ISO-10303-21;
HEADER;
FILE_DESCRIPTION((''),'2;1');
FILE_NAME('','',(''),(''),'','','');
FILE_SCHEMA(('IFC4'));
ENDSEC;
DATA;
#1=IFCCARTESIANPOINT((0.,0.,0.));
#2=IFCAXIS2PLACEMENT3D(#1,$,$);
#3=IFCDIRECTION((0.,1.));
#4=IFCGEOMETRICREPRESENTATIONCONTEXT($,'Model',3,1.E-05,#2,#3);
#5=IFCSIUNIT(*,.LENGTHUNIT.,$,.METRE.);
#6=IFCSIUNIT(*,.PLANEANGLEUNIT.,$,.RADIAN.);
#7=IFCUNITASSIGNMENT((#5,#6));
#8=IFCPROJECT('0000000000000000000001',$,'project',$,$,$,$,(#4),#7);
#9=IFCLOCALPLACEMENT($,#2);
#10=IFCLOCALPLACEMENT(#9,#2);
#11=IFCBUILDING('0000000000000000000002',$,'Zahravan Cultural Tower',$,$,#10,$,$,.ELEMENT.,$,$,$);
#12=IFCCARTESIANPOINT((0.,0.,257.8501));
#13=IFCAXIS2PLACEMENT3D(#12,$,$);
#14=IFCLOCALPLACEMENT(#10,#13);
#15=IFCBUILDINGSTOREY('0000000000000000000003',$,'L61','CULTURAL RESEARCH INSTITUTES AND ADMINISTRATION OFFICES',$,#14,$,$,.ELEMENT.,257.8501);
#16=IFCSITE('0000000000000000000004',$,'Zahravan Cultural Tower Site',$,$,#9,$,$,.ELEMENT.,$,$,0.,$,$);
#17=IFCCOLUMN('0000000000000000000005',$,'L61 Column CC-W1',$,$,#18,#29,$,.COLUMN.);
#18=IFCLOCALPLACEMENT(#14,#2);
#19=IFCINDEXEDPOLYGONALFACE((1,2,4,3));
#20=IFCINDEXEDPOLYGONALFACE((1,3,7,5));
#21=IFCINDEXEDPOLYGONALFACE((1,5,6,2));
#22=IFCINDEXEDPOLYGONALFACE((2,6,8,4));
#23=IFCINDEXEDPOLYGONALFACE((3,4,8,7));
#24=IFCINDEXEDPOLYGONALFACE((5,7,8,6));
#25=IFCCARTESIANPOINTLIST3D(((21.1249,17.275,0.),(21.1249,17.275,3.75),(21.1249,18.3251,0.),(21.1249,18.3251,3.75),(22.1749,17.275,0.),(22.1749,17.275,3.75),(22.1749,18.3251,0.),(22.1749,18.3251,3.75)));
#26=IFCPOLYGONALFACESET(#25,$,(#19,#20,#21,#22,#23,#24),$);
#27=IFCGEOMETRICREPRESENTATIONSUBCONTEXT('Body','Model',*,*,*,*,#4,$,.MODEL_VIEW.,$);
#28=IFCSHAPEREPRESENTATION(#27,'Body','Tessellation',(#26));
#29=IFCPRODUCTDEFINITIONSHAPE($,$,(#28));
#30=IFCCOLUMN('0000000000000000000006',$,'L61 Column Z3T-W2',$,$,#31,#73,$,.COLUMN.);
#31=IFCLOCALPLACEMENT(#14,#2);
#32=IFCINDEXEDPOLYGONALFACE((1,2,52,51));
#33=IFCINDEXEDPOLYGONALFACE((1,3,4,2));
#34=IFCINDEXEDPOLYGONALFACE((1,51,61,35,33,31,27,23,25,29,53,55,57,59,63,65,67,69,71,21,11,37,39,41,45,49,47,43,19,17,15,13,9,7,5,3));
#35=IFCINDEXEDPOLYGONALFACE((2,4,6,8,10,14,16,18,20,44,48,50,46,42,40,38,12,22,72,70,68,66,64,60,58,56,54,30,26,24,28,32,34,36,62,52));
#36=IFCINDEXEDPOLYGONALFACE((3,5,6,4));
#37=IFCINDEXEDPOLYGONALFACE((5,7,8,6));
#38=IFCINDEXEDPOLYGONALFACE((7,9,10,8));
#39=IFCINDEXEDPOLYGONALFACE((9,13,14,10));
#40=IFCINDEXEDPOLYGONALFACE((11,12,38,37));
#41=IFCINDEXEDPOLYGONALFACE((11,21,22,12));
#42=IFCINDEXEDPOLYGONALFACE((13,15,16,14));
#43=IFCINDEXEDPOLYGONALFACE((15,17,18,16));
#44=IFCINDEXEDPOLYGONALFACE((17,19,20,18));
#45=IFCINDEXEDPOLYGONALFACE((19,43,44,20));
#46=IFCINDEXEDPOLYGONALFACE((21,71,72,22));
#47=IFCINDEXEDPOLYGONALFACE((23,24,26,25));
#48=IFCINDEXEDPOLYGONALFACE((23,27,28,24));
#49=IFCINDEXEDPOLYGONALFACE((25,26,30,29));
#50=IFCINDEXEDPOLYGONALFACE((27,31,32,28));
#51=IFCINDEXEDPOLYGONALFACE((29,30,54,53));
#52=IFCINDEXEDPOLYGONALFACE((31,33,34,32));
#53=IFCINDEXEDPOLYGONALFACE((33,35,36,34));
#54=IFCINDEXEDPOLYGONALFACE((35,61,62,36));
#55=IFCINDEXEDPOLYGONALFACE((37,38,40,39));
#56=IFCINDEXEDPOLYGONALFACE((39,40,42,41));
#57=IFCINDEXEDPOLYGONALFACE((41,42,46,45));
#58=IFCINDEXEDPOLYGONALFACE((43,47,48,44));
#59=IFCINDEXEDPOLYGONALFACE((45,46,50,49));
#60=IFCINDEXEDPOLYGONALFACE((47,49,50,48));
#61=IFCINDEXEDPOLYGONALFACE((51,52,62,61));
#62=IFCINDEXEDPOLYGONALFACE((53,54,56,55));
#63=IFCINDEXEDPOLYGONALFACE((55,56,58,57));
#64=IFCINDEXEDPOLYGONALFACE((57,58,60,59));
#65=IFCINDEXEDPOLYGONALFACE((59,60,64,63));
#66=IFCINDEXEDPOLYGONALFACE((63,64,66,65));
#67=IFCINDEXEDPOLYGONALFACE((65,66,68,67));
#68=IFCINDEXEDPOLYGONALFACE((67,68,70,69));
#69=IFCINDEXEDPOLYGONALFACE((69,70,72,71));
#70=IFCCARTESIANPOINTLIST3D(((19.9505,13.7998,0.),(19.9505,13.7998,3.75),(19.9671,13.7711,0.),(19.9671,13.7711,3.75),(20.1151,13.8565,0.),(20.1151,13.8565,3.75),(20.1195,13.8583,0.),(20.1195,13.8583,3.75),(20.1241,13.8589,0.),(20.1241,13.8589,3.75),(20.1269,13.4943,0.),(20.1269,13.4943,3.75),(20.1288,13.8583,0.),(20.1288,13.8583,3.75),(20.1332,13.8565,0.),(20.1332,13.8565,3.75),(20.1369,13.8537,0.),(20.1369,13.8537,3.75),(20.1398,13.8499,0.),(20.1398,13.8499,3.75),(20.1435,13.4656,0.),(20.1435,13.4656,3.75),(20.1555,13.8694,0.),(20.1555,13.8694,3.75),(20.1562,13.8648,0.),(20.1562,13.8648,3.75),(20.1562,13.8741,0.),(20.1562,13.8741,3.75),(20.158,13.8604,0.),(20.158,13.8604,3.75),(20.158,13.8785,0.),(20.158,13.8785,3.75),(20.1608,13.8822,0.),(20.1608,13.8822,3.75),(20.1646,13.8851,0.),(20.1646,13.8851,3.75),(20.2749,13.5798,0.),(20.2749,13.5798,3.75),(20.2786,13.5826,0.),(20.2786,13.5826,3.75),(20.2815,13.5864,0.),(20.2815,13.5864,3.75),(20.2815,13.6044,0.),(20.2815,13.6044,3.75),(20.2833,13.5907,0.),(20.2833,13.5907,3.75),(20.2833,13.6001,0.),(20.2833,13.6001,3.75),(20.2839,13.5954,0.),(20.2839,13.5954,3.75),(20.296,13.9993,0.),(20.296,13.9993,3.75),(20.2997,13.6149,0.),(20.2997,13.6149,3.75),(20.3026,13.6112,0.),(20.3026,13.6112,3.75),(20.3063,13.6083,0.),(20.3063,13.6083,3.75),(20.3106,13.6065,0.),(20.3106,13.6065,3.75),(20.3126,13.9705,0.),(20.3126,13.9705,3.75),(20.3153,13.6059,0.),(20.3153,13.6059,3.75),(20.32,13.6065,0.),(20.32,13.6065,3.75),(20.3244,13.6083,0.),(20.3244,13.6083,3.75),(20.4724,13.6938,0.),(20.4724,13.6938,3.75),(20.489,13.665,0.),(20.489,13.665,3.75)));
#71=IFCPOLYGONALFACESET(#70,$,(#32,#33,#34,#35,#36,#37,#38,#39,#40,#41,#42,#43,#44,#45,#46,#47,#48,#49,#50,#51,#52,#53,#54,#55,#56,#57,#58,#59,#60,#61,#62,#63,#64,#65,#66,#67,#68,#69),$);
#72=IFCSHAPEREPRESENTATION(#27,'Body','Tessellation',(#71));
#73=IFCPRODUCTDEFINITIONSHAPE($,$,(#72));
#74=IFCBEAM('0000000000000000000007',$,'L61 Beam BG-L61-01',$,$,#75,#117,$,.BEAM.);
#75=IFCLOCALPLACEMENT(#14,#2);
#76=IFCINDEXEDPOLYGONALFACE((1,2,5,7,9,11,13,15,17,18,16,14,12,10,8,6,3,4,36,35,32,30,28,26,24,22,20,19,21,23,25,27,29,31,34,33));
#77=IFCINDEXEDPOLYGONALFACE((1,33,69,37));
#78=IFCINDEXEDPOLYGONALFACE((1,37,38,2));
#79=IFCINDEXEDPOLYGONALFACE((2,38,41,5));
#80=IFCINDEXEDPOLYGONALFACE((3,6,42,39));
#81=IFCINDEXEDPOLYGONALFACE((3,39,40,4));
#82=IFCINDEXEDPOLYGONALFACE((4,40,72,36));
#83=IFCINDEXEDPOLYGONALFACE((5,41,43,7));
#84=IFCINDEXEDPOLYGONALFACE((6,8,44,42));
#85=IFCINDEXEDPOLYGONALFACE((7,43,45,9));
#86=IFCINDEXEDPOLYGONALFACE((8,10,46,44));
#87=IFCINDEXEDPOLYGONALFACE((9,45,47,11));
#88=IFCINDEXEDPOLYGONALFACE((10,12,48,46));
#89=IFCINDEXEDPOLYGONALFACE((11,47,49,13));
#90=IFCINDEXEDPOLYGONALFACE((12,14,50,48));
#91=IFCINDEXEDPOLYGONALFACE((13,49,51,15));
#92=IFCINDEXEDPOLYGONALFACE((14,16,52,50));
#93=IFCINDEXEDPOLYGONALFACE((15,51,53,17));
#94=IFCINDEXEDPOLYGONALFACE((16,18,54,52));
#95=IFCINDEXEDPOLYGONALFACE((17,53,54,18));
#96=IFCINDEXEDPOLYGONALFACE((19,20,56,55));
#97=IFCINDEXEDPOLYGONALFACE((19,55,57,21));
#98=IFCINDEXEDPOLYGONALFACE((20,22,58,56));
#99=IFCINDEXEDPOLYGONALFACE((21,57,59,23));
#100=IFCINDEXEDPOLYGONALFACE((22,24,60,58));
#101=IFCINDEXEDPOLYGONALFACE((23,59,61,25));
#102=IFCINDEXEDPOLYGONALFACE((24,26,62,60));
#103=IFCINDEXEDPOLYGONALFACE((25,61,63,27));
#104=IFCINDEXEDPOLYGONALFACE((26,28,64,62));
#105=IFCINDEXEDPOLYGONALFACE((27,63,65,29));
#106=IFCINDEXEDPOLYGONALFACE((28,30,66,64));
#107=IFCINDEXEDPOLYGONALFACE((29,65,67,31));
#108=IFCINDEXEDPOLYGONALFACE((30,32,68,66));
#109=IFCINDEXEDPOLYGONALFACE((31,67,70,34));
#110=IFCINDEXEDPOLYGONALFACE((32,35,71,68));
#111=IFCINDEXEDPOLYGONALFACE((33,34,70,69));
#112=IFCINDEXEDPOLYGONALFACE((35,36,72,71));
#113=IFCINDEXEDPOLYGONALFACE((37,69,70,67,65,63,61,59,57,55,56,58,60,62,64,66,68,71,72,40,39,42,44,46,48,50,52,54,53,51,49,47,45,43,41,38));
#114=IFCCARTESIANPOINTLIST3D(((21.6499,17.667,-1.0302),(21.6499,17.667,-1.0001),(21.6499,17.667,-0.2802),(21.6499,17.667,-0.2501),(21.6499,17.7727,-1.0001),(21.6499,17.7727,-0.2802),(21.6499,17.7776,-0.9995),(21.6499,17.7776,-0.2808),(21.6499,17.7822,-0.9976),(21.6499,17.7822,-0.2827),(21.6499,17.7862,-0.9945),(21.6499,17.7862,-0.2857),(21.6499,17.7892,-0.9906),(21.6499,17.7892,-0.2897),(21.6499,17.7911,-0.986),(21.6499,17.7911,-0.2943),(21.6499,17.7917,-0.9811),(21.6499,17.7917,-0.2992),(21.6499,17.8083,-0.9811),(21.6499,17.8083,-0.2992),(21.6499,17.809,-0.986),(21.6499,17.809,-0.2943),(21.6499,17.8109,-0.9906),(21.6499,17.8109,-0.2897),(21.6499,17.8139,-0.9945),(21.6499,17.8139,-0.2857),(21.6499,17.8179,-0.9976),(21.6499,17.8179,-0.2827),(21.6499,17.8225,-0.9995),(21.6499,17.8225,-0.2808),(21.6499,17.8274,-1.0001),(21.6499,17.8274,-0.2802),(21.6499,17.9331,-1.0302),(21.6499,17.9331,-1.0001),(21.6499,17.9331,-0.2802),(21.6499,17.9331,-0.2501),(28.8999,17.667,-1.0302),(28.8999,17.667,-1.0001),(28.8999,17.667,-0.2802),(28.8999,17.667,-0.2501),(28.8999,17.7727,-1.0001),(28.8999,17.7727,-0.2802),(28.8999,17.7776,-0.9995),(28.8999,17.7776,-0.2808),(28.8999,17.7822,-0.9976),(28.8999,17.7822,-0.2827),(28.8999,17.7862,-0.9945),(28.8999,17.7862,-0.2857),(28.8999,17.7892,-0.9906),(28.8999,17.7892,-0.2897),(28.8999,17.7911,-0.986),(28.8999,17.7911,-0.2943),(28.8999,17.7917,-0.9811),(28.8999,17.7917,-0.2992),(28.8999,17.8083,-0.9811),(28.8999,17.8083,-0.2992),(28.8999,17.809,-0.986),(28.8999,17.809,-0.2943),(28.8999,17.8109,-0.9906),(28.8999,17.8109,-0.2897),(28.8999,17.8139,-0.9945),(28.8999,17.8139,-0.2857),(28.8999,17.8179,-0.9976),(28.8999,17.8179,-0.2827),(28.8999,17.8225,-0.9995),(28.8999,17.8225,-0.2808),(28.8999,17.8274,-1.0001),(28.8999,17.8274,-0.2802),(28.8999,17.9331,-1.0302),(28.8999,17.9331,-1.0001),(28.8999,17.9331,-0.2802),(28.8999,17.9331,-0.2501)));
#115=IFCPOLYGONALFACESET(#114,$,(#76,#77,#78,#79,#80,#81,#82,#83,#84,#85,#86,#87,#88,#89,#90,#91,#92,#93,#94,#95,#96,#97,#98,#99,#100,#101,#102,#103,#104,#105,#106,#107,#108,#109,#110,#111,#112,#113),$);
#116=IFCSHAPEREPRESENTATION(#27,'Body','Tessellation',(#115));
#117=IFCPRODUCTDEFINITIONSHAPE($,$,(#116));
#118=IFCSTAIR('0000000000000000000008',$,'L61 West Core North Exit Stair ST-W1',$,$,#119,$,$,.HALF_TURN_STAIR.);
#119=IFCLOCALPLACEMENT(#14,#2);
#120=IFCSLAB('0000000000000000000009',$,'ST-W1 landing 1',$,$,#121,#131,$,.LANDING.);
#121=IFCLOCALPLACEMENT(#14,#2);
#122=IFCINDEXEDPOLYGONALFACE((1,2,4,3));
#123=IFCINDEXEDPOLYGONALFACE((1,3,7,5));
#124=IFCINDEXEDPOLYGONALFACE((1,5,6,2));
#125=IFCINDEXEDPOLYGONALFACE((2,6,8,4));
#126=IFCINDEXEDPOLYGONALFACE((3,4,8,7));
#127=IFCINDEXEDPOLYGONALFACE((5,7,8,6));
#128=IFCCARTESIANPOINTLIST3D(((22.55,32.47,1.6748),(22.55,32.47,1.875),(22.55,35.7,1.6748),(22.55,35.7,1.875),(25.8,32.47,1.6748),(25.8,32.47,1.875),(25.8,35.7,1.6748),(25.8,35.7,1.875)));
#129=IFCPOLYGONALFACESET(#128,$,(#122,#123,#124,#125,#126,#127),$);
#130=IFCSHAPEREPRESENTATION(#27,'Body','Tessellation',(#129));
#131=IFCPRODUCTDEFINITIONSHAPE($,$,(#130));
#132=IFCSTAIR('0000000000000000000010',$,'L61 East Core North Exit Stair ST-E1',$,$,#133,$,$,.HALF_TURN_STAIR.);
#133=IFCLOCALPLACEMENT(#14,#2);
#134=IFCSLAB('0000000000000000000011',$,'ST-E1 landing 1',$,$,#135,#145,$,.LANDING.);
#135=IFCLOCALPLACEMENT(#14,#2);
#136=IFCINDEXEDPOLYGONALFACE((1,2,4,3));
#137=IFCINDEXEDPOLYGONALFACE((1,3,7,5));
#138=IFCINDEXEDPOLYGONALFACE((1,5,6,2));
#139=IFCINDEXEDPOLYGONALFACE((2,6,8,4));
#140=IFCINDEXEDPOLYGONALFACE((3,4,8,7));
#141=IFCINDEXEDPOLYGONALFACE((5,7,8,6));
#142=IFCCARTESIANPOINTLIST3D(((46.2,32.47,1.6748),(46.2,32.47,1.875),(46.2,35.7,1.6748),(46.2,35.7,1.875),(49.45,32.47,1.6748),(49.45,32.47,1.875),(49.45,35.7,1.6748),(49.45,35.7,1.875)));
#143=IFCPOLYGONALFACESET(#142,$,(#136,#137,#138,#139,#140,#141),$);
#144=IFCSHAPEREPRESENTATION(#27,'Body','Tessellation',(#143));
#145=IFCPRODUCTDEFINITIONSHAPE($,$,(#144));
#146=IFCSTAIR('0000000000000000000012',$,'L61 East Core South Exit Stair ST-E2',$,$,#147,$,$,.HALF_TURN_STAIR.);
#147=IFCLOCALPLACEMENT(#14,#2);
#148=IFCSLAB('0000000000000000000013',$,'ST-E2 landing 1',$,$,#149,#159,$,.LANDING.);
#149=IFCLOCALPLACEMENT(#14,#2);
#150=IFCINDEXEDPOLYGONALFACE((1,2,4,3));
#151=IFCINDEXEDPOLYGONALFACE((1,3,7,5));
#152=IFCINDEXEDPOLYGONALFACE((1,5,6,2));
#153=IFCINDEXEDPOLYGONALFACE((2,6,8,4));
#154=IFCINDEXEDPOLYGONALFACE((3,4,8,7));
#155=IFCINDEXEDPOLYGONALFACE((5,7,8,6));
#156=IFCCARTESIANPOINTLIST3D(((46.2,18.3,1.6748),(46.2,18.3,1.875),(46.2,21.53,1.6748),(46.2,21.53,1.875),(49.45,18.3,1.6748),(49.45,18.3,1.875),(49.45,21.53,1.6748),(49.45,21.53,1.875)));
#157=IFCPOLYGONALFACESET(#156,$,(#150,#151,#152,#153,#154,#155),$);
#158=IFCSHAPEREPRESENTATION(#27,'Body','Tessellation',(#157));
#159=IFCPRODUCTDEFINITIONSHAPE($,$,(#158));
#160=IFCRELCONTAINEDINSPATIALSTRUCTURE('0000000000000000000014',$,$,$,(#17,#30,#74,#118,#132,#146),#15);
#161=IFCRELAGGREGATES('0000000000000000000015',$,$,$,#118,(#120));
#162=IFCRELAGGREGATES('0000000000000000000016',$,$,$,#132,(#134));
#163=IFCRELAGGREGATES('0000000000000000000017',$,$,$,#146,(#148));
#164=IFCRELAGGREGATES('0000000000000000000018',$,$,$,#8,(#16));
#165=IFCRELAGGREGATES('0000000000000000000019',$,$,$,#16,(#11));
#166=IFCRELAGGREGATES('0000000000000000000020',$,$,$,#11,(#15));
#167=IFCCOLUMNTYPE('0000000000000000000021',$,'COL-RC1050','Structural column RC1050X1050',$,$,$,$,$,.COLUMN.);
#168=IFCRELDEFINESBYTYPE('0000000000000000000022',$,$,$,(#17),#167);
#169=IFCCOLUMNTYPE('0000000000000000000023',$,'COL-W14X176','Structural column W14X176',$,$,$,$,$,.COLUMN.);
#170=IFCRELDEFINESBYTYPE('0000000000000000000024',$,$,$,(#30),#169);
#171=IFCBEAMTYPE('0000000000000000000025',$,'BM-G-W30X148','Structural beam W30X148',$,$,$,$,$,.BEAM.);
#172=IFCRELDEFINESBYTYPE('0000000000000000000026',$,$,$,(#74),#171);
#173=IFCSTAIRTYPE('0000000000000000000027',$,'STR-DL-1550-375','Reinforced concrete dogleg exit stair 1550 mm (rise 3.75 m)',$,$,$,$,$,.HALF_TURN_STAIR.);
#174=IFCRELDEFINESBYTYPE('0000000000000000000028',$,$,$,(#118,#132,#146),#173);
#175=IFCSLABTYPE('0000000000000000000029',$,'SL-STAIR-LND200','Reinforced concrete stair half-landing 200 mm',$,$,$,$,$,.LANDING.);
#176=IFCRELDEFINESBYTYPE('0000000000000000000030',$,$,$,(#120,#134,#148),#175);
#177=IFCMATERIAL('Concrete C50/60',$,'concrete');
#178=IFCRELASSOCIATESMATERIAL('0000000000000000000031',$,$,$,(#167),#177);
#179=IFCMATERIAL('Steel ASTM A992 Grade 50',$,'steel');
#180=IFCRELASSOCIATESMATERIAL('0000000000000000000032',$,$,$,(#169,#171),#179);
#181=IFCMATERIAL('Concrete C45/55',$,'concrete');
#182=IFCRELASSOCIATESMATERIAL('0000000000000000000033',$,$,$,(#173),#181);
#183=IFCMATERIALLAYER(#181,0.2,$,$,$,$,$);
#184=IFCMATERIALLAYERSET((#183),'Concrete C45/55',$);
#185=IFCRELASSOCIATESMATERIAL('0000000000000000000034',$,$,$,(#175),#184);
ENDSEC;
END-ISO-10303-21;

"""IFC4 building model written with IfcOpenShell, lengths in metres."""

from ifc_helpers import new_model, si_unit, direction, frame, origin, origin_2d, place, context, subcontext, project, spatial, polyline, rectangle, i_section, outline, extrude, source, transform, mapped, material, layer, layer_set, material_profile, profile_set, type_object, element, aggregate, save


model = new_model("IFC4")

# Units and contexts
model_context = context("Model", 3, precision=1e-05, world=origin(), true_north=direction((0.0, 1.0)))
body_context = subcontext(model_context, "Body", "Model", "MODEL_VIEW")
ifc_project = project(units=[si_unit("LENGTHUNIT", "METRE"), si_unit("PLANEANGLEUNIT", "RADIAN")], contexts=[model_context])

# Site, building, storey
site_placement = place(None, origin())
site = spatial("IfcSite", under=ifc_project, at=site_placement, Name="Zahravan Cultural Tower Site", CompositionType="ELEMENT", RefElevation=0.0)
building_placement = place(site_placement, origin())
building = spatial("IfcBuilding", under=site, at=building_placement, Name="Zahravan Cultural Tower", CompositionType="ELEMENT")
storey_placement = place(building_placement, frame((0.0, 0.0, 257.8501)))
storey = spatial("IfcBuildingStorey", under=building, at=storey_placement, Name="L61", Description="CULTURAL RESEARCH INSTITUTES AND ADMINISTRATION OFFICES", CompositionType="ELEMENT", Elevation=257.8501)

# Columns
ifc_material_1 = material(Name="Concrete C50/60", Category="concrete")
ifc_material_profile_1 = material_profile(ifc_material_1, rectangle(XDim=1.05, YDim=1.05, at=origin_2d()), Name="RC1050X1050")
ifc_profile_set_1 = profile_set([ifc_material_profile_1], Name="Concrete C50/60")
column_type_1 = type_object("IfcColumnType", Name="COL-RC1050", Description="Structural column RC1050X1050", PredefinedType="COLUMN", material=ifc_profile_set_1)
shared_shape_1 = source(origin(), body_context, "Body", "SweptSolid", [
    extrude(rectangle(XDim=1.05, YDim=1.05, at=origin_2d()), origin(), (0.0, 0.0, 1.0), 3.75),
])
column_1_placement = place(storey_placement, frame((21.6499, 17.8, 0.0), z_axis=(0.0, 0.0, 1.0), x_axis=(1.0, 0.0, 0.0)))
element("IfcColumn", 1, at=column_1_placement, inside=storey, type_object=column_type_1, Name="L61 Column CC-W1", PredefinedType="COLUMN", context=body_context, shape_type="MappedRepresentation", body=[
    mapped(shared_shape_1, transform((0.0, 0.0, 0.0), x_axis=(1.0, 0.0, 0.0), y_axis=(0.0, 1.0, 0.0), z_axis=(0.0, 0.0, 1.0), scale=1.0)),
])
ifc_material_2 = material(Name="Steel ASTM A992 Grade 50", Category="steel")
ifc_material_profile_2 = material_profile(ifc_material_2, i_section(OverallWidth=0.3989, OverallDepth=0.386, WebThickness=0.021, FlangeThickness=0.0332, FilletRadius=0.0181, at=origin_2d()), Name="W14X176")
ifc_profile_set_2 = profile_set([ifc_material_profile_2], Name="Steel ASTM A992 Grade 50")
column_type_2 = type_object("IfcColumnType", Name="COL-W14X176", Description="Structural column W14X176", PredefinedType="COLUMN", material=ifc_profile_set_2)
shared_shape_2 = source(origin(), body_context, "Body", "SweptSolid", [
    extrude(i_section(OverallWidth=0.3989, OverallDepth=0.386, WebThickness=0.021, FlangeThickness=0.0332, FilletRadius=0.0181, at=origin_2d()), origin(), (0.0, 0.0, 1.0), 3.75),
])
column_2_placement = place(storey_placement, frame((20.2197, 13.7324, 0.0), z_axis=(0.0, 0.0, 1.0), x_axis=(0.866025, 0.5, 0.0)))
element("IfcColumn", 2, at=column_2_placement, inside=storey, type_object=column_type_2, Name="L61 Column Z3T-W2", PredefinedType="COLUMN", context=body_context, shape_type="MappedRepresentation", body=[
    mapped(shared_shape_2, transform((0.0, 0.0, 0.0), x_axis=(1.0, 0.0, 0.0), y_axis=(0.0, 1.0, 0.0), z_axis=(0.0, 0.0, 1.0), scale=1.0)),
])

# Beam
ifc_material_profile_3 = material_profile(ifc_material_2, i_section(OverallWidth=0.2661, OverallDepth=0.78, WebThickness=0.0166, FlangeThickness=0.03, FilletRadius=0.019, at=origin_2d()), Name="W30X148")
ifc_profile_set_3 = profile_set([ifc_material_profile_3], Name="Steel ASTM A992 Grade 50")
beam_type = type_object("IfcBeamType", Name="BM-G-W30X148", Description="Structural beam W30X148", PredefinedType="BEAM", material=ifc_profile_set_3)
shared_shape_3 = source(origin(), body_context, "Body", "SweptSolid", [
    extrude(i_section(OverallWidth=0.2661, OverallDepth=0.78, WebThickness=0.0166, FlangeThickness=0.03, FilletRadius=0.019, at=origin_2d()), origin(), (0.0, 0.0, 1.0), 7.25),
])
beam_placement = place(storey_placement, frame((21.6499, 17.8, -0.6401), z_axis=(1.0, 0.0, 0.0), x_axis=(0.0, 1.0, 0.0)))
element("IfcBeam", 3, at=beam_placement, inside=storey, type_object=beam_type, Name="L61 Beam BG-L61-01", PredefinedType="BEAM", context=body_context, shape_type="MappedRepresentation", body=[
    mapped(shared_shape_3, transform((0.0, 0.0, 0.0), x_axis=(1.0, 0.0, 0.0), y_axis=(0.0, 1.0, 0.0), z_axis=(0.0, 0.0, 1.0), scale=1.0)),
])

# Stairs, slabs
ifc_material_3 = material(Name="Concrete C45/55", Category="concrete")
stair_type = type_object("IfcStairType", Name="STR-DL-1550-375", Description="Reinforced concrete dogleg exit stair 1550 mm (rise 3.75 m)", PredefinedType="HALF_TURN_STAIR", material=ifc_material_3)
stair_1_placement = place(storey_placement, origin())
stair_1 = element("IfcStair", 4, at=stair_1_placement, inside=storey, type_object=stair_type, Name="L61 West Core North Exit Stair ST-W1", PredefinedType="HALF_TURN_STAIR")
ifc_layer_1 = layer(ifc_material_3, 0.2)
ifc_layer_set_1 = layer_set([ifc_layer_1], Name="Concrete C45/55")
slab_type_1 = type_object("IfcSlabType", Name="SL-STAIR-LND200", Description="Reinforced concrete stair half-landing 200 mm", PredefinedType="LANDING", material=ifc_layer_set_1)
slab_1_placement = place(storey_placement, frame((0.0, 0.0, 1.6748)))
slab_1 = element("IfcSlab", 5, at=slab_1_placement, type_object=slab_type_1, Name="ST-W1 landing 1", PredefinedType="LANDING", context=body_context, shape_type="SweptSolid", body=[
    extrude(outline(polyline([(25.8, 32.47), (25.8, 35.7), (22.55, 35.7), (22.55, 32.47), (25.8, 32.47)])), origin(), (0.0, 0.0, 1.0), 0.2002),
])
aggregate(stair_1, [slab_1])
stair_2_placement = place(storey_placement, origin())
stair_2 = element("IfcStair", 6, at=stair_2_placement, inside=storey, type_object=stair_type, Name="L61 East Core North Exit Stair ST-E1", PredefinedType="HALF_TURN_STAIR")
slab_2_placement = place(storey_placement, frame((0.0, 0.0, 1.6748)))
slab_2 = element("IfcSlab", 7, at=slab_2_placement, type_object=slab_type_1, Name="ST-E1 landing 1", PredefinedType="LANDING", context=body_context, shape_type="SweptSolid", body=[
    extrude(outline(polyline([(49.45, 32.47), (49.45, 35.7), (46.2, 35.7), (46.2, 32.47), (49.45, 32.47)])), origin(), (0.0, 0.0, 1.0), 0.2002),
])
aggregate(stair_2, [slab_2])
stair_3_placement = place(storey_placement, origin())
stair_3 = element("IfcStair", 8, at=stair_3_placement, inside=storey, type_object=stair_type, Name="L61 East Core South Exit Stair ST-E2", PredefinedType="HALF_TURN_STAIR")
slab_3_placement = place(storey_placement, frame((0.0, 0.0, 1.6748)))
slab_3 = element("IfcSlab", 9, at=slab_3_placement, type_object=slab_type_1, Name="ST-E2 landing 1", PredefinedType="LANDING", context=body_context, shape_type="SweptSolid", body=[
    extrude(outline(polyline([(46.2, 21.53), (46.2, 18.3), (49.45, 18.3), (49.45, 21.53), (46.2, 21.53)])), origin(), (0.0, 0.0, 1.0), 0.2002),
])
aggregate(stair_3, [slab_3])

save(model, "model.ifc")
